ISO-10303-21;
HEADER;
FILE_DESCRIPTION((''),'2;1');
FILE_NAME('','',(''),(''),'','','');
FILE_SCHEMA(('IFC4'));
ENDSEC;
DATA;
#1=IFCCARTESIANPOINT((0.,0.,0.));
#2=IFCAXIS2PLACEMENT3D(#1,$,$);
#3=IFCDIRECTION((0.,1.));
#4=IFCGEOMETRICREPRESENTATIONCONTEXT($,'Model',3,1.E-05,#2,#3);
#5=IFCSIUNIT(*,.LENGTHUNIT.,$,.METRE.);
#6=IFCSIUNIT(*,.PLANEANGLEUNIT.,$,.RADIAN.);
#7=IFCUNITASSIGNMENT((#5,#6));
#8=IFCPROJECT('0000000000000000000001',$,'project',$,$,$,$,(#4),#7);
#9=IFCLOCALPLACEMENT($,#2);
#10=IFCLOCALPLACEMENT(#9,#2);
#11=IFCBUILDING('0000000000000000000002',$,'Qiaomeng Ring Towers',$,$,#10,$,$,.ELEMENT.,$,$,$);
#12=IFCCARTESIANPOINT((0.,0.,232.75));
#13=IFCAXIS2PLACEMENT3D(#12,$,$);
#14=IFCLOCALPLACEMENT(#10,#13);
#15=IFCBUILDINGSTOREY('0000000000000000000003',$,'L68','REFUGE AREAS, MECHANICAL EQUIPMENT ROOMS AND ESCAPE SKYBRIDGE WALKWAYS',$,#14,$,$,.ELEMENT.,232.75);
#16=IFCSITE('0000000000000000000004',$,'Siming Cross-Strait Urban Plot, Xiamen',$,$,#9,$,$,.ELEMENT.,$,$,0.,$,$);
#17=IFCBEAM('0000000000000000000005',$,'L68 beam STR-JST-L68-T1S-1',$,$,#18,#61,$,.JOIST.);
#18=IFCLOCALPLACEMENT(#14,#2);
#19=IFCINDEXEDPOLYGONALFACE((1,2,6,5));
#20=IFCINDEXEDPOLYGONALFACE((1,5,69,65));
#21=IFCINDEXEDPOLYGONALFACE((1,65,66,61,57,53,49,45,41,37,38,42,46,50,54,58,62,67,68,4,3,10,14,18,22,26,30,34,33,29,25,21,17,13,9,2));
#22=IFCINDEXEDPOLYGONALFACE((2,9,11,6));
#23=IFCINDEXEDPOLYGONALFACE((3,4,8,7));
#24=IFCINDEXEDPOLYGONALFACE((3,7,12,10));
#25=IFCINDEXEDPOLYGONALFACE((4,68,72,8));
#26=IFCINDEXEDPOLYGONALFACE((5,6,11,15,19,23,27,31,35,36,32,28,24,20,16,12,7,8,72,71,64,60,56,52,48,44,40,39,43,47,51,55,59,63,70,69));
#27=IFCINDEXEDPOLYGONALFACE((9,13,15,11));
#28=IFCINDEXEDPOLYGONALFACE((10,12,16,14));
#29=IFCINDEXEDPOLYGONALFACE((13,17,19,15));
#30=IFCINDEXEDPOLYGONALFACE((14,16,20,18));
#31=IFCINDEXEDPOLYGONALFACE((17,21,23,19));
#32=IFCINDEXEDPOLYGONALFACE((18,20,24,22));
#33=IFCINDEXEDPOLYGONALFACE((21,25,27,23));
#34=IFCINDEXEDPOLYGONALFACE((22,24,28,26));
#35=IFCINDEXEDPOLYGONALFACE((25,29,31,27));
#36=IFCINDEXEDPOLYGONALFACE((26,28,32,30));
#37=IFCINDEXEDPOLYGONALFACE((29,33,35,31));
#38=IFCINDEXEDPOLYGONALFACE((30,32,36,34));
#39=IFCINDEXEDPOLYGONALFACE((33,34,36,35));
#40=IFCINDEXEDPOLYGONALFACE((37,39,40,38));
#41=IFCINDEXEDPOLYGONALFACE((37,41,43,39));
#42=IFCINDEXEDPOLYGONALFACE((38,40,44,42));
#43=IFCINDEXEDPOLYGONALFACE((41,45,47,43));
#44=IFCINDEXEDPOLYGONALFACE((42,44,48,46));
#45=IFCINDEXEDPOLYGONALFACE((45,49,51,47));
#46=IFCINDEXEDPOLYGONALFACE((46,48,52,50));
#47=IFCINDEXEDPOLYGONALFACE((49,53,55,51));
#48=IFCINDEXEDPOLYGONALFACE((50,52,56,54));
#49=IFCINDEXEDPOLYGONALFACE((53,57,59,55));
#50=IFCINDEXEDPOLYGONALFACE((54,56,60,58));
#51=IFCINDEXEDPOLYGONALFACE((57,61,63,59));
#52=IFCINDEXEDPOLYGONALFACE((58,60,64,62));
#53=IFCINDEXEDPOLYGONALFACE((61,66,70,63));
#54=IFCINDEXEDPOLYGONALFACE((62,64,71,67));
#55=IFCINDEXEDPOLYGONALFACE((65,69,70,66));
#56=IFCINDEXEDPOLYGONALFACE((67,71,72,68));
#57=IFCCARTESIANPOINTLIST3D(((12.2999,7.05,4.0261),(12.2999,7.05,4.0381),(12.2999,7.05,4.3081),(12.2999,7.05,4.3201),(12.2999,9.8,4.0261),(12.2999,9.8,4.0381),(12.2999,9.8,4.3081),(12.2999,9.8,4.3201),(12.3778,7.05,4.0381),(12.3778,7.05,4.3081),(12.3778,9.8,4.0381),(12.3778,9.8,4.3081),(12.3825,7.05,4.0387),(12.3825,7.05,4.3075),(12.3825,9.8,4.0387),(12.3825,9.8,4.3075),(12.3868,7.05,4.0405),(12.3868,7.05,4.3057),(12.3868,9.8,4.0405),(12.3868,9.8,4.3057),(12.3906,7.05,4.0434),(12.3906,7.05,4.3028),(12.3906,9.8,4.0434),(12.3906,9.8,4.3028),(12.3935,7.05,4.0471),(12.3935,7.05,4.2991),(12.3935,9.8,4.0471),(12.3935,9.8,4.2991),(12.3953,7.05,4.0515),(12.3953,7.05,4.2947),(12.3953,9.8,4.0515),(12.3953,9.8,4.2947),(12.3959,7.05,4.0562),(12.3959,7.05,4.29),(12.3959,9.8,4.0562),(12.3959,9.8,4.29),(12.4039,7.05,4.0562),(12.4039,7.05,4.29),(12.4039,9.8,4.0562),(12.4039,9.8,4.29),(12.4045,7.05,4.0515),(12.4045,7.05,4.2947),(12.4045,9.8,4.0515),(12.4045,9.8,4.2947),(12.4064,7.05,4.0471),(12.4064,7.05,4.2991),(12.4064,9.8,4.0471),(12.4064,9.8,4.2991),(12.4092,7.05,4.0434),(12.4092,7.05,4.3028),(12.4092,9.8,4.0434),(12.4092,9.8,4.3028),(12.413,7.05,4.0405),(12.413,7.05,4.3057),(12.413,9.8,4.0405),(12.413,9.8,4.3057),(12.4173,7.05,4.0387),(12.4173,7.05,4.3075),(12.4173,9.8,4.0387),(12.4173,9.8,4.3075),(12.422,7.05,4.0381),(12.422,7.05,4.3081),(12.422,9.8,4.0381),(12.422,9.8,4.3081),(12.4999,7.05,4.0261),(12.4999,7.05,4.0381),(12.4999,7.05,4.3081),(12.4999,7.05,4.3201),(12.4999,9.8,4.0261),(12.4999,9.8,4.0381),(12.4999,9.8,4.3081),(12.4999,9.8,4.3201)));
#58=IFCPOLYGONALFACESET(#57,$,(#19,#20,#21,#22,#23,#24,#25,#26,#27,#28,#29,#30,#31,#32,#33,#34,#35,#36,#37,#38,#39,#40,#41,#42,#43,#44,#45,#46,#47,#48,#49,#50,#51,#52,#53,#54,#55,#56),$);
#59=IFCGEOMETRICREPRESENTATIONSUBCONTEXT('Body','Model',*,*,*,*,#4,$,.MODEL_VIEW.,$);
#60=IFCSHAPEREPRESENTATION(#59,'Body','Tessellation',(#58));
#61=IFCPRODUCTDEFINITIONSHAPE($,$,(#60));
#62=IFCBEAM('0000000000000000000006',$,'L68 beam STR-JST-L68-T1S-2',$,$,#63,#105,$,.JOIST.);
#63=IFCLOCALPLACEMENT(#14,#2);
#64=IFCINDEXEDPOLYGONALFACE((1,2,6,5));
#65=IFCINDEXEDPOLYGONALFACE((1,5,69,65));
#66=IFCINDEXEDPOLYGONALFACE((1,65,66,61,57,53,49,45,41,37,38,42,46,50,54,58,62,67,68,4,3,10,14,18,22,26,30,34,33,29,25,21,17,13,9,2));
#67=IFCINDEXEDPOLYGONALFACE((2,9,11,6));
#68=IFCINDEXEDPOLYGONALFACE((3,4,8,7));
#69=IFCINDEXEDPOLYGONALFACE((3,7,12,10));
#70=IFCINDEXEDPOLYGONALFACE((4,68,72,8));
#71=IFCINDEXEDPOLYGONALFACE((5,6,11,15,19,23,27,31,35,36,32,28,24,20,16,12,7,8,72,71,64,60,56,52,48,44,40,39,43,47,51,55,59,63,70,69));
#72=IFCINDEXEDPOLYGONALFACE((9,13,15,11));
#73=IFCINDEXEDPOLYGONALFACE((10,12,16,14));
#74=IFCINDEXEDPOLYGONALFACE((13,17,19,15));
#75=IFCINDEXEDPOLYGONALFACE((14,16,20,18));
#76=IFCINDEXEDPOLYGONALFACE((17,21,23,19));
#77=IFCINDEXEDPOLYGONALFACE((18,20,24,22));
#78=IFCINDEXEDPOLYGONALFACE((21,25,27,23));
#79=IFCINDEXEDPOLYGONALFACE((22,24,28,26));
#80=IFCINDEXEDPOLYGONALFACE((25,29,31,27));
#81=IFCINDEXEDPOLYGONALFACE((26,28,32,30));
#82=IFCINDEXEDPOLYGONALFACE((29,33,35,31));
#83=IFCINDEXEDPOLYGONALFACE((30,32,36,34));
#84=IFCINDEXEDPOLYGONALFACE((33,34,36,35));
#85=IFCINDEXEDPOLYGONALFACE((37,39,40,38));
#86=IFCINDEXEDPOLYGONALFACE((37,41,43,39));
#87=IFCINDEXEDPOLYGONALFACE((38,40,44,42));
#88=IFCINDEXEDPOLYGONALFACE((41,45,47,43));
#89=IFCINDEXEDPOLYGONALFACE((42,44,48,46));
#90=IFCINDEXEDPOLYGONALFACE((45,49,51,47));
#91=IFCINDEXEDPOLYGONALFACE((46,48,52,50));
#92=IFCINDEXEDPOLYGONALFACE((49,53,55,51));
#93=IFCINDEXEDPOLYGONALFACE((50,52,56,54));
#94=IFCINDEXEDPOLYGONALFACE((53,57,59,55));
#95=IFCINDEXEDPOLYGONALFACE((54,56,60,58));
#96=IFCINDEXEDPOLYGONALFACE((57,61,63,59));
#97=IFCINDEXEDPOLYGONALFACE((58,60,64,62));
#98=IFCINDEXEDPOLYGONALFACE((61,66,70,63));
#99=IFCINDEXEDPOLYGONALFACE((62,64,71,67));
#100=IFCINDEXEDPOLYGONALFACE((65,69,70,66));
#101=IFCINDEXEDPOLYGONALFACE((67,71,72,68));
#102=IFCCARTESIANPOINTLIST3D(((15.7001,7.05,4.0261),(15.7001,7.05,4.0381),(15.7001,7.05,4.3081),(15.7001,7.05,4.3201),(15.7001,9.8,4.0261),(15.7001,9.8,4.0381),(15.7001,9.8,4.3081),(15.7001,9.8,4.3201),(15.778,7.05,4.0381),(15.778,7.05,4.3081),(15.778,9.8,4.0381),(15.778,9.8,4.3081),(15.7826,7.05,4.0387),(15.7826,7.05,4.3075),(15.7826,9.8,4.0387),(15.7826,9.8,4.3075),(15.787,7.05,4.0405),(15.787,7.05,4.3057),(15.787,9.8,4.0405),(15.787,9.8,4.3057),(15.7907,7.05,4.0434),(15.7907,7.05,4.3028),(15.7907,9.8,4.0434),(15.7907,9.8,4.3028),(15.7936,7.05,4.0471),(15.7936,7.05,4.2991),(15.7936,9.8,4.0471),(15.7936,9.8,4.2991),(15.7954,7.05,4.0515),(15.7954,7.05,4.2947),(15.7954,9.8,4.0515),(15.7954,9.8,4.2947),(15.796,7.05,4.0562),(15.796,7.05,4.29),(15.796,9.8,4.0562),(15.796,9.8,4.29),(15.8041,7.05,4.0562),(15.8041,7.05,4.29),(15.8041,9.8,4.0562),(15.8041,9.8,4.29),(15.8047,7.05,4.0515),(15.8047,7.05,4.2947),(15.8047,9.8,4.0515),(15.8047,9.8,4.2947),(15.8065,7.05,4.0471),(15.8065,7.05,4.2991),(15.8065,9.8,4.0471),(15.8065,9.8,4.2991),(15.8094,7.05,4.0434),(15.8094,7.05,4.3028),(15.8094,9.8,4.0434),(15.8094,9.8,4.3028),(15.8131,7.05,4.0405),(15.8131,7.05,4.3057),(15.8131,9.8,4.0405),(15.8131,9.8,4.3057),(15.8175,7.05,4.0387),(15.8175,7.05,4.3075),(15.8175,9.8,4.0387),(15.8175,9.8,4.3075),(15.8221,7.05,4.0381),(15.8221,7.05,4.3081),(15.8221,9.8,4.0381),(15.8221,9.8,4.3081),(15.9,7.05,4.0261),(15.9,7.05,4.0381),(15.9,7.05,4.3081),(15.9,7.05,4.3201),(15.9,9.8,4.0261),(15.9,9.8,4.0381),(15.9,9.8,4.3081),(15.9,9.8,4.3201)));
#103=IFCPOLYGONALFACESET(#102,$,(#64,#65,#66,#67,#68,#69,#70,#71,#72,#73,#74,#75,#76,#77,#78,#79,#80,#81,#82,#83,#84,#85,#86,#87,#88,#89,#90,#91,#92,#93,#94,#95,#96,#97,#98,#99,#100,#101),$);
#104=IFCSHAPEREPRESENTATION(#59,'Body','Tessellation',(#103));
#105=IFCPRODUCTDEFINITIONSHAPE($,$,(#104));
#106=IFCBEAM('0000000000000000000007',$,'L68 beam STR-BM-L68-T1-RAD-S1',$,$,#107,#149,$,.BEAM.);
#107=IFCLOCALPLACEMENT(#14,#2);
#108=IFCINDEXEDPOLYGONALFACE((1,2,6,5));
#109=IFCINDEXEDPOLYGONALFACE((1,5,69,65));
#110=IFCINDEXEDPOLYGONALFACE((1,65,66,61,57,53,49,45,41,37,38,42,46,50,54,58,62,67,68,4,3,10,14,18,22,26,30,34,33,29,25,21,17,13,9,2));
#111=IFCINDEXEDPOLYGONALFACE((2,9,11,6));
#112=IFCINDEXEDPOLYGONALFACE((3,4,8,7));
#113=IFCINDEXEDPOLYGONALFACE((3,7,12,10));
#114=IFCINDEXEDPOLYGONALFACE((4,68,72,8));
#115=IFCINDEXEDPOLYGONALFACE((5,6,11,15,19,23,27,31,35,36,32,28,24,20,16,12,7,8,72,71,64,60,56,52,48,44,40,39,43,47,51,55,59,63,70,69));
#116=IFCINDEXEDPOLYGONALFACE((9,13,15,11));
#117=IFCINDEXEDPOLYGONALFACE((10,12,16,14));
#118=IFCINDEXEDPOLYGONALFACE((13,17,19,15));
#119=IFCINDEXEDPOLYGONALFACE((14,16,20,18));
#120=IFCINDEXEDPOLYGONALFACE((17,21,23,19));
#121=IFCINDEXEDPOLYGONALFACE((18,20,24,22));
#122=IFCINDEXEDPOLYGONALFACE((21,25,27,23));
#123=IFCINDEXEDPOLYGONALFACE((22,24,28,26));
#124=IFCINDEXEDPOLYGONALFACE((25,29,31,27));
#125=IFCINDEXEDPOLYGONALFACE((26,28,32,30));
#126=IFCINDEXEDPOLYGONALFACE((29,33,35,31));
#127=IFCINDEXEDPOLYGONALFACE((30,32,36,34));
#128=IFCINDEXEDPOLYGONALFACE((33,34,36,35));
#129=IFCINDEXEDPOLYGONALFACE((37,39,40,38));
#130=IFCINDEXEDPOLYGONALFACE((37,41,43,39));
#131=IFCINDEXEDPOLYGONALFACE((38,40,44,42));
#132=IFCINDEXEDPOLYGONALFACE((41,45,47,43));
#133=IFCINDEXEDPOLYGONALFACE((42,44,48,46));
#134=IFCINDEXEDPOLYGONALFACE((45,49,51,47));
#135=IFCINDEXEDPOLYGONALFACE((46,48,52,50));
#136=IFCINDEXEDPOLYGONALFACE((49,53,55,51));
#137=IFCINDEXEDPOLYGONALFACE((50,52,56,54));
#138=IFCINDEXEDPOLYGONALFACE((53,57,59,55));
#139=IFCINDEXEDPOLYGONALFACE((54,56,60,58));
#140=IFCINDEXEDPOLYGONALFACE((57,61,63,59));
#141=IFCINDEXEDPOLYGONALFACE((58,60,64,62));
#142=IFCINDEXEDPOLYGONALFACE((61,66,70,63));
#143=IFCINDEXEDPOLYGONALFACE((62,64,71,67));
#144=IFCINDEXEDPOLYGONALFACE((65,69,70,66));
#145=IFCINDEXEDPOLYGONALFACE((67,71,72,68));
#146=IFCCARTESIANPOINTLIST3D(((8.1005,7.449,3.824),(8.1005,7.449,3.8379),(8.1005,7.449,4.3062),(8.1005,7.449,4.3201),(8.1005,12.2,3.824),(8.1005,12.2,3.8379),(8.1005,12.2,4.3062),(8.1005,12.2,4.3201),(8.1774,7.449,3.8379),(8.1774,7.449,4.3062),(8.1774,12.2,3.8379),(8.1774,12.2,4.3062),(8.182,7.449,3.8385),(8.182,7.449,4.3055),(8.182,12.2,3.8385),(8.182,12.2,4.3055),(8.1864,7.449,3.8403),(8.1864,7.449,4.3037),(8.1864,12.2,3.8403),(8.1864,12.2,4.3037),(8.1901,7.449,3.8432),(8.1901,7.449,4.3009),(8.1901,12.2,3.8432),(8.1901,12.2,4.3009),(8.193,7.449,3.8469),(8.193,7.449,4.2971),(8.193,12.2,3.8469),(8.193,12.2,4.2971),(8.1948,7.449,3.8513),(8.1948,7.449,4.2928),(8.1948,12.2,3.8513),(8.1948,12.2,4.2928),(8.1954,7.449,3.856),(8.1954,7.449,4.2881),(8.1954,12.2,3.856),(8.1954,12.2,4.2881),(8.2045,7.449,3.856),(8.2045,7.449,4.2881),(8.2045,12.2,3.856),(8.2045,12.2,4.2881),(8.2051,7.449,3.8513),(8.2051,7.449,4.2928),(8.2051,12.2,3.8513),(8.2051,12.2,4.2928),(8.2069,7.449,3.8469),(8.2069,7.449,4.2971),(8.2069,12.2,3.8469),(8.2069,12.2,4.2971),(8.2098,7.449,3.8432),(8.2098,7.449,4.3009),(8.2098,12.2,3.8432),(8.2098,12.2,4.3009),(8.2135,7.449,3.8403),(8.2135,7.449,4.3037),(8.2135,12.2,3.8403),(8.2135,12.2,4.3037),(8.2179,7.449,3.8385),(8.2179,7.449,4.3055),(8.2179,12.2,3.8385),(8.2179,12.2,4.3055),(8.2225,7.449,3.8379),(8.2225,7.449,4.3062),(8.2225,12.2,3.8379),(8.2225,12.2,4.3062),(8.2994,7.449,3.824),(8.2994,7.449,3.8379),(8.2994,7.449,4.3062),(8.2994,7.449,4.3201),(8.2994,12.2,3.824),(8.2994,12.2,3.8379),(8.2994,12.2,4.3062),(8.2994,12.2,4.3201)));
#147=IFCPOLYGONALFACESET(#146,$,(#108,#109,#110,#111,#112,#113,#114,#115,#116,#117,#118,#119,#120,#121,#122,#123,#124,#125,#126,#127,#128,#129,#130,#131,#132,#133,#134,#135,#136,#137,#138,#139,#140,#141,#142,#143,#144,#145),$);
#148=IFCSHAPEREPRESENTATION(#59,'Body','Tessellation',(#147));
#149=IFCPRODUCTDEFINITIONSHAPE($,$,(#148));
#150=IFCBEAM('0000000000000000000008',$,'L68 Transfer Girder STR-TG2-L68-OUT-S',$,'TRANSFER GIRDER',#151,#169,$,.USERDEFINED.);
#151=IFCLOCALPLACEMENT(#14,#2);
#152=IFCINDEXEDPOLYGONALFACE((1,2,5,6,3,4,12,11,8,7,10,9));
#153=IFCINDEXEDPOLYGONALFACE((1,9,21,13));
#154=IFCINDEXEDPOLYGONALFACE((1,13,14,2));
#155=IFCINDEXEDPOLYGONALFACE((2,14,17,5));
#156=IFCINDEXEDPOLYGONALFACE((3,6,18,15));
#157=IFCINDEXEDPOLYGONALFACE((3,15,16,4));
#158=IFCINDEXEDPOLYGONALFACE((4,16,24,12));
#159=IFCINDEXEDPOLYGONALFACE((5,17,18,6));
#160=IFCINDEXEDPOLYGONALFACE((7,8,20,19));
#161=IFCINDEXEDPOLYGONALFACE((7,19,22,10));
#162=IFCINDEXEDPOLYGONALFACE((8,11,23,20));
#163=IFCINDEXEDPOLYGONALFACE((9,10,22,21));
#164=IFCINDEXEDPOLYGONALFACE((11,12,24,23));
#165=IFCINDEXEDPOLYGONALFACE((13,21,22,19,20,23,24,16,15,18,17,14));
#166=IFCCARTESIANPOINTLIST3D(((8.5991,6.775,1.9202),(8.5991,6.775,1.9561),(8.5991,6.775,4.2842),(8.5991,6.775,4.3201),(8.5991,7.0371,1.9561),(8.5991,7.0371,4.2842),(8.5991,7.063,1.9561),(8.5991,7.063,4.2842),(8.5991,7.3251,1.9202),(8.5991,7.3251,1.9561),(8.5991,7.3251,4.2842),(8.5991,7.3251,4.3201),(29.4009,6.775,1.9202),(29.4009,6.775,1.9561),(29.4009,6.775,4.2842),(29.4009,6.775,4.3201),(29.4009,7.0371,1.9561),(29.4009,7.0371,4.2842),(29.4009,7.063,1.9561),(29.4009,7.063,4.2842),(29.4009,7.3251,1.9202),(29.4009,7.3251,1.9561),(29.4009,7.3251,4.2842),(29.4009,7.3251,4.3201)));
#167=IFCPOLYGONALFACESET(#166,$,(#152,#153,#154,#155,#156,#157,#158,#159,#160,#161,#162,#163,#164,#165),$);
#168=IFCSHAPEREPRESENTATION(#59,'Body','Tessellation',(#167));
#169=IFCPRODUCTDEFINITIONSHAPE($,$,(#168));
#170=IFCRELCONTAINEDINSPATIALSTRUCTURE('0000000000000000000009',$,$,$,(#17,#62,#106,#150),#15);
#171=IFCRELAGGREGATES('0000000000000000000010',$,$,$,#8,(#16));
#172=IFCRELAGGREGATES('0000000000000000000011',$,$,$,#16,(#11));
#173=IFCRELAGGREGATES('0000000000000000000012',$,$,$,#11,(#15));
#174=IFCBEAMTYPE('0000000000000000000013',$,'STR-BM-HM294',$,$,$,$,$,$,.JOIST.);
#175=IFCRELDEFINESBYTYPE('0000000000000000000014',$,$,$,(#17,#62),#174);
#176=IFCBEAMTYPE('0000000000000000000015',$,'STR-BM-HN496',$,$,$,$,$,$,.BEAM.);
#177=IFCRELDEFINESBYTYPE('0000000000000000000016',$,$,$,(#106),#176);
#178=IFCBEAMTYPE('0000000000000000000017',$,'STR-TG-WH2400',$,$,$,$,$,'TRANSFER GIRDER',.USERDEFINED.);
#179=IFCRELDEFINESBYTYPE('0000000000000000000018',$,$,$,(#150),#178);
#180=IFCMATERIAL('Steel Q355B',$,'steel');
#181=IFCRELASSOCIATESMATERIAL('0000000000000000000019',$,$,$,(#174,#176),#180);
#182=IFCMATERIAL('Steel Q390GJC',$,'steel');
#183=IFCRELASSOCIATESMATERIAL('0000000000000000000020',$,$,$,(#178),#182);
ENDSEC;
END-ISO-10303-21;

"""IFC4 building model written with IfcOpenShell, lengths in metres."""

from ifc_helpers import new_model, si_unit, direction, frame, origin, origin_2d, place, context, subcontext, project, spatial, i_section, extrude, source, transform, mapped, material, material_profile, profile_set, type_object, element, save


model = new_model("IFC4")

# Units and contexts
model_context = context("Model", 3, precision=1e-05, world=origin(), true_north=direction((0.0, 1.0)))
body_context = subcontext(model_context, "Body", "Model", "MODEL_VIEW")
ifc_project = project(units=[si_unit("LENGTHUNIT", "METRE"), si_unit("PLANEANGLEUNIT", "RADIAN")], contexts=[model_context])

# Site, building, storey
site_placement = place(None, origin())
site = spatial("IfcSite", under=ifc_project, at=site_placement, Name="Siming Cross-Strait Urban Plot, Xiamen", CompositionType="ELEMENT", RefElevation=0.0)
building_placement = place(site_placement, origin())
building = spatial("IfcBuilding", under=site, at=building_placement, Name="Qiaomeng Ring Towers", CompositionType="ELEMENT")
storey_placement = place(building_placement, frame((0.0, 0.0, 232.75)))
storey = spatial("IfcBuildingStorey", under=building, at=storey_placement, Name="L68", Description="REFUGE AREAS, MECHANICAL EQUIPMENT ROOMS AND ESCAPE SKYBRIDGE WALKWAYS", CompositionType="ELEMENT", Elevation=232.75)

# Beams
ifc_material_1 = material(Name="Steel Q355B", Category="steel")
ifc_material_profile_1 = material_profile(ifc_material_1, i_section(OverallWidth=0.2, OverallDepth=0.2939, WebThickness=0.0081, FlangeThickness=0.012, FilletRadius=0.0181, at=origin_2d()), Name="HM 294x200x8x12")
ifc_profile_set_1 = profile_set([ifc_material_profile_1], Name="Steel Q355B")
beam_type_1 = type_object("IfcBeamType", Name="STR-BM-HM294", PredefinedType="JOIST", material=ifc_profile_set_1)
shared_shape_1 = source(origin(), body_context, "Body", "SweptSolid", [
    extrude(i_section(OverallWidth=0.2, OverallDepth=0.2939, WebThickness=0.0081, FlangeThickness=0.012, FilletRadius=0.0181, at=origin_2d()), origin(), (0.0, 0.0, 1.0), 2.75),
])
for number, where, z_axis, x_axis, name in (
    (1, (12.3999, 7.05, 4.1731), (0.0, 1.0, 0.0), (-1.0, 0.0, 0.0), "L68 beam STR-JST-L68-T1S-1"),
    (2, (15.8, 7.05, 4.1731), (0.0, 1.0, 0.0), (-1.0, 0.0, 0.0), "L68 beam STR-JST-L68-T1S-2"),
):
    element("IfcBeam", number, at=place(storey_placement, frame(where, z_axis=z_axis, x_axis=x_axis)), inside=storey, type_object=beam_type_1, Name=name, PredefinedType="JOIST", context=body_context, shape_type="MappedRepresentation", body=[
        mapped(shared_shape_1, transform((0.0, 0.0, 0.0), x_axis=(1.0, 0.0, 0.0), y_axis=(0.0, 1.0, 0.0), z_axis=(0.0, 0.0, 1.0), scale=1.0)),
    ])
ifc_material_profile_2 = material_profile(ifc_material_1, i_section(OverallWidth=0.199, OverallDepth=0.4961, WebThickness=0.009, FlangeThickness=0.0139, FilletRadius=0.0181, at=origin_2d()), Name="HN 496x199x9x14")
ifc_profile_set_2 = profile_set([ifc_material_profile_2], Name="Steel Q355B")
beam_type_2 = type_object("IfcBeamType", Name="STR-BM-HN496", PredefinedType="BEAM", material=ifc_profile_set_2)
shared_shape_2 = source(origin(), body_context, "Body", "SweptSolid", [
    extrude(i_section(OverallWidth=0.199, OverallDepth=0.4961, WebThickness=0.009, FlangeThickness=0.0139, FilletRadius=0.0181, at=origin_2d()), origin(), (0.0, 0.0, 1.0), 4.751),
])
beam_1_placement = place(storey_placement, frame((8.2, 7.449, 4.072), z_axis=(0.0, 1.0, 0.0), x_axis=(-1.0, 0.0, 0.0)))
element("IfcBeam", 3, at=beam_1_placement, inside=storey, type_object=beam_type_2, Name="L68 beam STR-BM-L68-T1-RAD-S1", PredefinedType="BEAM", context=body_context, shape_type="MappedRepresentation", body=[
    mapped(shared_shape_2, transform((0.0, 0.0, 0.0), x_axis=(1.0, 0.0, 0.0), y_axis=(0.0, 1.0, 0.0), z_axis=(0.0, 0.0, 1.0), scale=1.0)),
])
ifc_material_2 = material(Name="Steel Q390GJC", Category="steel")
ifc_material_profile_3 = material_profile(ifc_material_2, i_section(OverallWidth=0.55, OverallDepth=2.3999, WebThickness=0.0259, FlangeThickness=0.0359, at=origin_2d()), Name="WH 2400x550x26x36")
ifc_profile_set_3 = profile_set([ifc_material_profile_3], Name="Steel Q390GJC")
beam_type_3 = type_object("IfcBeamType", Name="STR-TG-WH2400", ElementType="TRANSFER GIRDER", PredefinedType="USERDEFINED", material=ifc_profile_set_3)
shared_shape_3 = source(origin(), body_context, "Body", "SweptSolid", [
    extrude(i_section(OverallWidth=0.55, OverallDepth=2.3999, WebThickness=0.0259, FlangeThickness=0.0359, at=origin_2d()), origin(), (0.0, 0.0, 1.0), 20.8018),
])
beam_2_placement = place(storey_placement, frame((8.5991, 7.05, 3.1201), z_axis=(1.0, 0.0, 0.0), x_axis=(0.0, 1.0, 0.0)))
element("IfcBeam", 4, at=beam_2_placement, inside=storey, type_object=beam_type_3, Name="L68 Transfer Girder STR-TG2-L68-OUT-S", ObjectType="TRANSFER GIRDER", PredefinedType="USERDEFINED", context=body_context, shape_type="MappedRepresentation", body=[
    mapped(shared_shape_3, transform((0.0, 0.0, 0.0), x_axis=(1.0, 0.0, 0.0), y_axis=(0.0, 1.0, 0.0), z_axis=(0.0, 0.0, 1.0), scale=1.0)),
])

save(model, "model.ifc")
